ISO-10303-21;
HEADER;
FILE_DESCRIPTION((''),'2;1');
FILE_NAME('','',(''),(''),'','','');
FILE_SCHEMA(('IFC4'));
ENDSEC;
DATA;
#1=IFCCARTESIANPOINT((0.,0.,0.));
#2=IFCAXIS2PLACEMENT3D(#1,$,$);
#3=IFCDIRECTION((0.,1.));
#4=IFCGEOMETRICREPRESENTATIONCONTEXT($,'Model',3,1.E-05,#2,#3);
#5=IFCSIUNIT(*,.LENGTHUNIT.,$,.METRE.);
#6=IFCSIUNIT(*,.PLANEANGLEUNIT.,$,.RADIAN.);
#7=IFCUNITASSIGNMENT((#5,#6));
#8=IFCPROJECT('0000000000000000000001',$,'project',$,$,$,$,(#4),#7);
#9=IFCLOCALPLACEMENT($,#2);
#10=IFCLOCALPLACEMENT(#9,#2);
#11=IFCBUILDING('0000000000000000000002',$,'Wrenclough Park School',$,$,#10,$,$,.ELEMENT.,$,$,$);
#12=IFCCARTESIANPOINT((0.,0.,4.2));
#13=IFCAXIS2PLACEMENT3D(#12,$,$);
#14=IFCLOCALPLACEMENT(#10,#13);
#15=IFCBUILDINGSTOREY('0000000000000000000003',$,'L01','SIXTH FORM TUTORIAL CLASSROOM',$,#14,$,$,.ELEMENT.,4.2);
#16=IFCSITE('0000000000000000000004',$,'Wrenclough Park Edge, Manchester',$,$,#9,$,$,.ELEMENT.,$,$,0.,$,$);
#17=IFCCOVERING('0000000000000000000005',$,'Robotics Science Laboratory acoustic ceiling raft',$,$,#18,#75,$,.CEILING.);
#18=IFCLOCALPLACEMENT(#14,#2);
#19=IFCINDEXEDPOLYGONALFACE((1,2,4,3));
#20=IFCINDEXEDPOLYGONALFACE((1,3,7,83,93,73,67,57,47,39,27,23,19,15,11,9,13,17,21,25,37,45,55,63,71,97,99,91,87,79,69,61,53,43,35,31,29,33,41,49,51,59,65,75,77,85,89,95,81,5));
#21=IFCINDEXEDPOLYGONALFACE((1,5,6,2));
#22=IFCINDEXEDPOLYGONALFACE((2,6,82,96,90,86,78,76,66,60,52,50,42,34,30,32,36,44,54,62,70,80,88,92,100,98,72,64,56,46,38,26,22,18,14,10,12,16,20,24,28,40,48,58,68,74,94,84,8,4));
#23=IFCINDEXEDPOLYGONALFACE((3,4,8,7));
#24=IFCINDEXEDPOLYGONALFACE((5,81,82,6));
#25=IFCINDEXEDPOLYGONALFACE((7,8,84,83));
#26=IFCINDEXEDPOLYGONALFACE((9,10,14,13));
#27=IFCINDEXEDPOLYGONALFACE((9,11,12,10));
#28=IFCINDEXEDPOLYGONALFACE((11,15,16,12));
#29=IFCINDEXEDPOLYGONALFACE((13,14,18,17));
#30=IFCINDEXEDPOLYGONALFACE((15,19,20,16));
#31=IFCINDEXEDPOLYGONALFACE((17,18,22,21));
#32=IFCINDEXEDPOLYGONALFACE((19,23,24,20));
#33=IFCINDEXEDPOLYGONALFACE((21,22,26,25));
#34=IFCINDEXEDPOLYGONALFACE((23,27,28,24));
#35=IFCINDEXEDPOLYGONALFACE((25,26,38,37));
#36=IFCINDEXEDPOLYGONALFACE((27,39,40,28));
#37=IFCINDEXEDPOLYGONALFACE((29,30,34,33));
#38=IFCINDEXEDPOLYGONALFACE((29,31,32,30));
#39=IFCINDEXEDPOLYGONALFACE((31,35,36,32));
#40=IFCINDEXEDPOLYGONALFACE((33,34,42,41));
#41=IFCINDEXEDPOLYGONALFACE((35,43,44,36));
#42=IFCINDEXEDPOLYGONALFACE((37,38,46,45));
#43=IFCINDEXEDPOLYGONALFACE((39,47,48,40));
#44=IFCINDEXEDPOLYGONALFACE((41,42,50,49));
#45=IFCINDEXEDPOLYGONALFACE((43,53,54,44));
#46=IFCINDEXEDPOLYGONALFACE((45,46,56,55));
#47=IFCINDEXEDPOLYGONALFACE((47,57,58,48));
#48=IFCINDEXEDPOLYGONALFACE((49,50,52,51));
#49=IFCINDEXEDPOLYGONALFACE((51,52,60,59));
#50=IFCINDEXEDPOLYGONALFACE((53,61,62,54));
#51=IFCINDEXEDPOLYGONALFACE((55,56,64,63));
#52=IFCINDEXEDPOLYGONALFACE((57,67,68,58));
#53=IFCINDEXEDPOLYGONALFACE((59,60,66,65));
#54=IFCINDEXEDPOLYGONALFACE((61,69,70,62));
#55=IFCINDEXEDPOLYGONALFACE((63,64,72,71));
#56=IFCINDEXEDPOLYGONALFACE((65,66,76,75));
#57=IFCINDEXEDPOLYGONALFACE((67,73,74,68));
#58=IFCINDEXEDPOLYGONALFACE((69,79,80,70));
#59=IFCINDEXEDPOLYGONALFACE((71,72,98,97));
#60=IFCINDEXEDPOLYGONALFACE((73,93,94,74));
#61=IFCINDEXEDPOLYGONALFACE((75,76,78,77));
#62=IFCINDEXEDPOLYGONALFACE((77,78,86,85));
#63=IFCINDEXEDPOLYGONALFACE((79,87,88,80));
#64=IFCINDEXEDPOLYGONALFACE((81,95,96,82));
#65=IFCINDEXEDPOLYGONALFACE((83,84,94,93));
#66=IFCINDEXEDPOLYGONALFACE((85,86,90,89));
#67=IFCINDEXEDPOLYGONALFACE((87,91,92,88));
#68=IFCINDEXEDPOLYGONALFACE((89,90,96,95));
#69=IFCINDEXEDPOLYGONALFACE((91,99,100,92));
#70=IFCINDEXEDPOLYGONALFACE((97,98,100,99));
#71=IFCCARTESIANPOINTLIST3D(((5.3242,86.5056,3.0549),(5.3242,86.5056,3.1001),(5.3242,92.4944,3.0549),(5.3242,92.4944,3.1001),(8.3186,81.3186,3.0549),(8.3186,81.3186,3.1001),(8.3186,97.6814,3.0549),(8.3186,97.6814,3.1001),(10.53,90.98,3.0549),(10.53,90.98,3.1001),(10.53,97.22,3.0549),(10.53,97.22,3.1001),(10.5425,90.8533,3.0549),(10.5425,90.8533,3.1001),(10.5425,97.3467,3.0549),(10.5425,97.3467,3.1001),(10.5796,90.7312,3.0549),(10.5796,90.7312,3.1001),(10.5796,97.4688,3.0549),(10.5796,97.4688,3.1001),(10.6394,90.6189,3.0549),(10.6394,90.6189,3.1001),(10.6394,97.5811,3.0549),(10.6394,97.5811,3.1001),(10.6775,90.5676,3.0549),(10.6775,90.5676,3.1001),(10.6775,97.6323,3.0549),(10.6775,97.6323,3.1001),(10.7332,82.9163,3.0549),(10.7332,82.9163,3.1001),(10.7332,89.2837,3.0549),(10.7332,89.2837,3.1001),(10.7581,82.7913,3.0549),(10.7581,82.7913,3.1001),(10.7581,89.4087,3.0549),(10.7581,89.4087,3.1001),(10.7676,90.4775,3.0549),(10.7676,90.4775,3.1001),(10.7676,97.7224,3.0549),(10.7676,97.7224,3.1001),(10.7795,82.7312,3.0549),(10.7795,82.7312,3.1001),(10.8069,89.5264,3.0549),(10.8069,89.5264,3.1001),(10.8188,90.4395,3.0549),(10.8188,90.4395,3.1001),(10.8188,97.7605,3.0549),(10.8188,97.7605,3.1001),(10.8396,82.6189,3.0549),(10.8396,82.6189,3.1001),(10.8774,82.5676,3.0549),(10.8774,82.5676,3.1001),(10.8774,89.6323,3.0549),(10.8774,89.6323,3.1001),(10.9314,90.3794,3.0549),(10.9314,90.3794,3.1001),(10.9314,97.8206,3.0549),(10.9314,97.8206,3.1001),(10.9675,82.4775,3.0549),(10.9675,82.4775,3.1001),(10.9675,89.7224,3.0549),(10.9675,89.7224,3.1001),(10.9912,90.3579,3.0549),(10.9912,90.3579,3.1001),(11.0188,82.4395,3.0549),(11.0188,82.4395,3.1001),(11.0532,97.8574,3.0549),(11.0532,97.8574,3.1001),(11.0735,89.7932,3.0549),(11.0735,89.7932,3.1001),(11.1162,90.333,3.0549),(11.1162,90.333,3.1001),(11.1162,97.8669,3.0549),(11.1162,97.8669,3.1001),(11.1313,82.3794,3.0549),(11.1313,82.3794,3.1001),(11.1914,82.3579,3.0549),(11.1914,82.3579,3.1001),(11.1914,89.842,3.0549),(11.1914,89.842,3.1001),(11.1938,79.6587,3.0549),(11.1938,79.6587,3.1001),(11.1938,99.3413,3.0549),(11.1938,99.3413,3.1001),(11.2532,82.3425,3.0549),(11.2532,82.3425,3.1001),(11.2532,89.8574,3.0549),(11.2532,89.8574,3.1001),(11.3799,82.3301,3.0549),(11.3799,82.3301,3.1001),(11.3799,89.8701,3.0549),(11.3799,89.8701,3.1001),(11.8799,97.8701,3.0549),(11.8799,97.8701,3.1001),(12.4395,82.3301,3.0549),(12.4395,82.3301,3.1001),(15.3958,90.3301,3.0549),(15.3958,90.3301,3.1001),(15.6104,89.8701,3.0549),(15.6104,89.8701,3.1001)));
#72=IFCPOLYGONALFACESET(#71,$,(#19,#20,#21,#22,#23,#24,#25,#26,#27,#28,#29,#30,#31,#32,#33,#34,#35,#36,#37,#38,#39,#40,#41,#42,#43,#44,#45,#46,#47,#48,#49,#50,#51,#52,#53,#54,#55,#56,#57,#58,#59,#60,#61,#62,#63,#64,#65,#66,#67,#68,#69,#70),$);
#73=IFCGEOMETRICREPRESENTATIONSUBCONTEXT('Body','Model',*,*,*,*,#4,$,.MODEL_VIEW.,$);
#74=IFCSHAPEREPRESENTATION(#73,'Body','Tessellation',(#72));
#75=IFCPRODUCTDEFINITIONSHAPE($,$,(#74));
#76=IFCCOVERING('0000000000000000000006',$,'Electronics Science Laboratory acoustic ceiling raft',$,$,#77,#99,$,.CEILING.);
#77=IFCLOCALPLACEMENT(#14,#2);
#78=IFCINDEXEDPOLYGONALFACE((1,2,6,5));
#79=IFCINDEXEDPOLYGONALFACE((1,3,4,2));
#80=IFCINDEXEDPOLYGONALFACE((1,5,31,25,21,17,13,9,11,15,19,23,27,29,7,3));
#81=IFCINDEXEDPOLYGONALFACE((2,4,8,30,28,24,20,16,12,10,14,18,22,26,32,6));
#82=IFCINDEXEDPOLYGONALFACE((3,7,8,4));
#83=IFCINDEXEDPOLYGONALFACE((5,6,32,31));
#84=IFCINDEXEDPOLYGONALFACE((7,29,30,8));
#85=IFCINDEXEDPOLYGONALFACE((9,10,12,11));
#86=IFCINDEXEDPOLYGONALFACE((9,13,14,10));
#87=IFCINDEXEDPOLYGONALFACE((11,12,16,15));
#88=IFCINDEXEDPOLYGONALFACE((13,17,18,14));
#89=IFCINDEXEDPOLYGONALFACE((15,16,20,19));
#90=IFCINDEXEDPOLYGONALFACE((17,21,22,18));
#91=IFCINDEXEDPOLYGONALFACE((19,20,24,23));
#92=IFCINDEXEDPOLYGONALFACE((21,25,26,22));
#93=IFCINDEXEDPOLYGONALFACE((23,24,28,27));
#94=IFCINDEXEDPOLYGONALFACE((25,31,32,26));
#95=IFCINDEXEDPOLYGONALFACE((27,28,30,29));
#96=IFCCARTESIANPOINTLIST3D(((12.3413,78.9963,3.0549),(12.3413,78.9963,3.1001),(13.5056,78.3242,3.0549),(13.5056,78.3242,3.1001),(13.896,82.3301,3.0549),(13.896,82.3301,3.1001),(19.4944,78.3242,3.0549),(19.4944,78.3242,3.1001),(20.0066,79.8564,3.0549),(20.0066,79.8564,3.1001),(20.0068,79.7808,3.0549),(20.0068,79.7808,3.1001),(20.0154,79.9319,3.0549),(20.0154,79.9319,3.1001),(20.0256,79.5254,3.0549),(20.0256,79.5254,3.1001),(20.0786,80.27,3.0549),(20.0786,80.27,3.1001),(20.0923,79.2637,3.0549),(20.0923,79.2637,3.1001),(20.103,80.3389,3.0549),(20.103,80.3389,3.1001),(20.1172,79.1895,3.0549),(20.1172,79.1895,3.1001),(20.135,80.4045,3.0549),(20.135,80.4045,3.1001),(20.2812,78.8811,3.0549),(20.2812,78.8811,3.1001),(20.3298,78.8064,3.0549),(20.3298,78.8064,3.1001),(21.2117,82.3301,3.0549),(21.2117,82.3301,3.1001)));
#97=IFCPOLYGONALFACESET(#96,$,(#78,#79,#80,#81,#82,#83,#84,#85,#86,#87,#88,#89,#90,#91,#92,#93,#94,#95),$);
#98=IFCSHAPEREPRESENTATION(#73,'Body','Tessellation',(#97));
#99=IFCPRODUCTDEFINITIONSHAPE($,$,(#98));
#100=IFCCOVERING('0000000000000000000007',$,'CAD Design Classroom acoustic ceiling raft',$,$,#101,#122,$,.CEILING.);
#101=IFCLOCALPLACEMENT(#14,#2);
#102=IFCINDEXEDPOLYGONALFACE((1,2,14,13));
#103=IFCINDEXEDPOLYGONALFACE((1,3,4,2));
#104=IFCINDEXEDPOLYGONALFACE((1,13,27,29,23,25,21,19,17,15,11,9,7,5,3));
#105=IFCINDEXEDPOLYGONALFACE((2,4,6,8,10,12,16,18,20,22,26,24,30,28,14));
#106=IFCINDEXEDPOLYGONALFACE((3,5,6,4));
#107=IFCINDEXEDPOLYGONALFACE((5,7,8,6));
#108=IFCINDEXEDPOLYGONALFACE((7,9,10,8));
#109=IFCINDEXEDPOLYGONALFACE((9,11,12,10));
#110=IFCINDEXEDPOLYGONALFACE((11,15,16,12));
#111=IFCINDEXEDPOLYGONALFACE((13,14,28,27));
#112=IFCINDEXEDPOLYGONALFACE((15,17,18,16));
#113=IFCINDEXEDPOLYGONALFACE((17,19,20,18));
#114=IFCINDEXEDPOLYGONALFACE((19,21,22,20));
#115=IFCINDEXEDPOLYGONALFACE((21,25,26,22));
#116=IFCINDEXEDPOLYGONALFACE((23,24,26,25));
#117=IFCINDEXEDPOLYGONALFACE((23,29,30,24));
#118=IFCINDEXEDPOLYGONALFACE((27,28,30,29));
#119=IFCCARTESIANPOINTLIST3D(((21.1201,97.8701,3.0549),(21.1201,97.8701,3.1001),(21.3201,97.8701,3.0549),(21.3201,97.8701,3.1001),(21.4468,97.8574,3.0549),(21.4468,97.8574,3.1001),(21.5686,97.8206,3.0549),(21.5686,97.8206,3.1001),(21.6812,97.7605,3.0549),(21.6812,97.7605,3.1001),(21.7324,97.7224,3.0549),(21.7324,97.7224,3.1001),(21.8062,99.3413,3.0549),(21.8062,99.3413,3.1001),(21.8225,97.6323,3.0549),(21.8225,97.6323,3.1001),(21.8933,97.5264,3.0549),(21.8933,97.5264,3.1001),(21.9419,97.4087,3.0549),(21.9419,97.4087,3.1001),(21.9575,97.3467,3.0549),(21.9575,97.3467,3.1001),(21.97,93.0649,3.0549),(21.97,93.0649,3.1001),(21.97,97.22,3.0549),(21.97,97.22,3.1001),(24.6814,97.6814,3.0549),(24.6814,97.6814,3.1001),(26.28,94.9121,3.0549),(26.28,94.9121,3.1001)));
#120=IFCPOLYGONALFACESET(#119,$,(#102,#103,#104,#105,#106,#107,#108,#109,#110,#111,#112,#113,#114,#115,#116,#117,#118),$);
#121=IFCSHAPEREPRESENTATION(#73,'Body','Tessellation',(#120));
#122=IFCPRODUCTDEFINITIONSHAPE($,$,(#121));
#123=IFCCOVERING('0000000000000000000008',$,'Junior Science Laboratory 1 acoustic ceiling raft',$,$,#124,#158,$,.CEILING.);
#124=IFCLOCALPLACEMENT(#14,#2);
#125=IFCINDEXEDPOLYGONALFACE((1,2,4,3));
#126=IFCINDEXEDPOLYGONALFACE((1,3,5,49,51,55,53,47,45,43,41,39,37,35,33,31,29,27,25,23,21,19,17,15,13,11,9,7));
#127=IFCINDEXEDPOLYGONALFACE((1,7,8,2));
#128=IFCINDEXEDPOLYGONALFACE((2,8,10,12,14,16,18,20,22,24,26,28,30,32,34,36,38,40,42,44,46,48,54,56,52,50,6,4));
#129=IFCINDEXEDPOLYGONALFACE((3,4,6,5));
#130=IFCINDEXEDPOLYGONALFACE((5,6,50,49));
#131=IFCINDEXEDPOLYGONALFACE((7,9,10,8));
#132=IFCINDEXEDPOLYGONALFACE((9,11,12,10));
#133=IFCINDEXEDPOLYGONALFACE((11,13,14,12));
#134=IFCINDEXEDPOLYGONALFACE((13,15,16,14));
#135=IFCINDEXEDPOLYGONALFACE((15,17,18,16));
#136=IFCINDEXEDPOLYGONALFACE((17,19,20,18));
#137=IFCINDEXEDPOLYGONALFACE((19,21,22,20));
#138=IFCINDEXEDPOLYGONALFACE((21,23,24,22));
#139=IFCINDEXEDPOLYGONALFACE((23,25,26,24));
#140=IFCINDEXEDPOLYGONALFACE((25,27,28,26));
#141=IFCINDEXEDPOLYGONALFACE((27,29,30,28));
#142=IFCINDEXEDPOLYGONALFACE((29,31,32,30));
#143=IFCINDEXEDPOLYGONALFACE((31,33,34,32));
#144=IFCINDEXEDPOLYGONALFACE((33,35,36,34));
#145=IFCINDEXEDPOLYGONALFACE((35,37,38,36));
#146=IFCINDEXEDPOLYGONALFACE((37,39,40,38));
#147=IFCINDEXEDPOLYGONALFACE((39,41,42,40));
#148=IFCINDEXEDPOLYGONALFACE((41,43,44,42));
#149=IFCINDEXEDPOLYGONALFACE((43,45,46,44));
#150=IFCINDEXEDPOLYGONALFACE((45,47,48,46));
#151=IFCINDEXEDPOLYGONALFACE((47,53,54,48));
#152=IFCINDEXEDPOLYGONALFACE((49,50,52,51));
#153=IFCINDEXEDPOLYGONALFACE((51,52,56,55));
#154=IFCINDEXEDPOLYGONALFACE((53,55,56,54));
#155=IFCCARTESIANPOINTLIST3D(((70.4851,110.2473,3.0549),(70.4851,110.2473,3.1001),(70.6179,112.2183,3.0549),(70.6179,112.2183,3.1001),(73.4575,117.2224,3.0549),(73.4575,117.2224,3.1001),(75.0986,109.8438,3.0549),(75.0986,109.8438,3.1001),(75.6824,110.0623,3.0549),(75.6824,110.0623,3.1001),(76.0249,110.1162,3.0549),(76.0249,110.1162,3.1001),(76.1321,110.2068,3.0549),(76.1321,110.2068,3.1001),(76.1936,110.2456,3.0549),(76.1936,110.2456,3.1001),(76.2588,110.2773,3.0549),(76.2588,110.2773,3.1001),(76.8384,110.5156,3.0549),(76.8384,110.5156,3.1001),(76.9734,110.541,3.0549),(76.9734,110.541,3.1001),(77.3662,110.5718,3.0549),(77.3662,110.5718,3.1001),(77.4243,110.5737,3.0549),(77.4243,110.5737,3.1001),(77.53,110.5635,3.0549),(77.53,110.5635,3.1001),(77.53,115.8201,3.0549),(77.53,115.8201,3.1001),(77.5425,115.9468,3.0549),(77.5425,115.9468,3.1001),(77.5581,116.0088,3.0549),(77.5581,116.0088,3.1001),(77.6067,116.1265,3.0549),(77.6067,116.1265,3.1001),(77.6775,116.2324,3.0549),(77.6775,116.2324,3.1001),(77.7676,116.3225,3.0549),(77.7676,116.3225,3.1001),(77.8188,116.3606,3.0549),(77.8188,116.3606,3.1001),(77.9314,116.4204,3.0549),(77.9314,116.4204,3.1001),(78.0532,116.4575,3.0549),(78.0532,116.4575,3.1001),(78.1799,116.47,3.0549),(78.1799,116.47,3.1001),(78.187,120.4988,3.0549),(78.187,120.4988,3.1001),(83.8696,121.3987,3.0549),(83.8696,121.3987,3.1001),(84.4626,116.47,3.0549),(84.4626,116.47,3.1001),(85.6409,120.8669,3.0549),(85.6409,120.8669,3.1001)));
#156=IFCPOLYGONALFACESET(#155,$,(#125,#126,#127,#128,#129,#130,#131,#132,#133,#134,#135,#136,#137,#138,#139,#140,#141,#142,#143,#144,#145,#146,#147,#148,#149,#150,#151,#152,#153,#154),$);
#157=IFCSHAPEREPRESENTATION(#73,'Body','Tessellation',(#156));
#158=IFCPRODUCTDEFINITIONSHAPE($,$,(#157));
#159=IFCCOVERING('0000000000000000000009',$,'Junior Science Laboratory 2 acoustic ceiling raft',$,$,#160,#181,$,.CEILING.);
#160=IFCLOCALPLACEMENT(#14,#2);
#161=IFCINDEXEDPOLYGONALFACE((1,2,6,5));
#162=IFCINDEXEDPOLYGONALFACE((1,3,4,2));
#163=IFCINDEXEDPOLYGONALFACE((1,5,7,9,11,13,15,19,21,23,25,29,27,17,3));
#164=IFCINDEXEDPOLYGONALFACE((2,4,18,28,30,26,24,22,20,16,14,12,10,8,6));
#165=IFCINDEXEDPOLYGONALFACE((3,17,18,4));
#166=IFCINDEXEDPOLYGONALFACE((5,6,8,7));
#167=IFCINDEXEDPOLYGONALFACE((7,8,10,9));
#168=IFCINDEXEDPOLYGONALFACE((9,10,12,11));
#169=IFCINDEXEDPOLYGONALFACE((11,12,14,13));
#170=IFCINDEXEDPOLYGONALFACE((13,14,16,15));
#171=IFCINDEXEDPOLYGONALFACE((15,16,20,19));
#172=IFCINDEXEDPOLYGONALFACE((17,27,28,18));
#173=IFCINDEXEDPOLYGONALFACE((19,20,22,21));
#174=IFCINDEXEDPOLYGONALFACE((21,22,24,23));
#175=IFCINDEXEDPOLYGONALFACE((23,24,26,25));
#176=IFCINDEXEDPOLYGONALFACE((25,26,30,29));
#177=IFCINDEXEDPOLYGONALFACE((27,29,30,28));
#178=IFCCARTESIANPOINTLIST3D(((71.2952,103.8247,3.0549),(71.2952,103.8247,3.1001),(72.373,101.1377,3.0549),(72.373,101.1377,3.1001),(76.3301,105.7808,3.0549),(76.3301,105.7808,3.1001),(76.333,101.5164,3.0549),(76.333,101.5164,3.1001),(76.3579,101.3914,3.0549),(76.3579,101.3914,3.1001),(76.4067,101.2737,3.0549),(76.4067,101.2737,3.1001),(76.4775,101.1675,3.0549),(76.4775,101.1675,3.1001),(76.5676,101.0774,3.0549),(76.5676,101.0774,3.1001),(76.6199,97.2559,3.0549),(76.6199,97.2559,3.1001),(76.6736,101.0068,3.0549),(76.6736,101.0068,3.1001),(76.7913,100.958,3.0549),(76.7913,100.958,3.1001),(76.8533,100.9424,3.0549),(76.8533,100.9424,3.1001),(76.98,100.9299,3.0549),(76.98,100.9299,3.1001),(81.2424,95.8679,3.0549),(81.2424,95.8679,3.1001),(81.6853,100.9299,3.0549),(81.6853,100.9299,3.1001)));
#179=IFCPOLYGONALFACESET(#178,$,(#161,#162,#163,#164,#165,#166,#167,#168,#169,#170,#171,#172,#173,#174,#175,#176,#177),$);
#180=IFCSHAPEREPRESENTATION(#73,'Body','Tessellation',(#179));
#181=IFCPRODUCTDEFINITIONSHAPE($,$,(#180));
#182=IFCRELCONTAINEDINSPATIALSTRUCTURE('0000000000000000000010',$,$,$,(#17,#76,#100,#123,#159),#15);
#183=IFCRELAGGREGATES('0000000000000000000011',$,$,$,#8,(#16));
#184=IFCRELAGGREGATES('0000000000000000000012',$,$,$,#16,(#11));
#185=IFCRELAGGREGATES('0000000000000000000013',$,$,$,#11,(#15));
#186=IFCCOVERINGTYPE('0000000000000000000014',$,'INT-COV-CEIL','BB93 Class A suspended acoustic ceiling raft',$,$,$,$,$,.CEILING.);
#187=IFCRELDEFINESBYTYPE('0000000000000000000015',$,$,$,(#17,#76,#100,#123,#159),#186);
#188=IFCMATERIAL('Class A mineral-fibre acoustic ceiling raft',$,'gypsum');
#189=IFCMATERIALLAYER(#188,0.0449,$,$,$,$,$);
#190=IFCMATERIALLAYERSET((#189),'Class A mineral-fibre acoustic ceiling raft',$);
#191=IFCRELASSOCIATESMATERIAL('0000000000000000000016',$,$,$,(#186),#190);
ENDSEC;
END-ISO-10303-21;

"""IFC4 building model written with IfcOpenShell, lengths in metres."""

from ifc_helpers import new_model, si_unit, direction, frame, origin, place, context, subcontext, project, spatial, polyline, outline, extrude, material, layer, layer_set, type_object, element, save


model = new_model("IFC4")

# Units and contexts
model_context = context("Model", 3, precision=1e-05, world=origin(), true_north=direction((0.0, 1.0)))
body_context = subcontext(model_context, "Body", "Model", "MODEL_VIEW")
ifc_project = project(units=[si_unit("LENGTHUNIT", "METRE"), si_unit("PLANEANGLEUNIT", "RADIAN")], contexts=[model_context])

# Site, building, storey
site_placement = place(None, origin())
site = spatial("IfcSite", under=ifc_project, at=site_placement, Name="Wrenclough Park Edge, Manchester", CompositionType="ELEMENT", RefElevation=0.0)
building_placement = place(site_placement, origin())
building = spatial("IfcBuilding", under=site, at=building_placement, Name="Wrenclough Park School", CompositionType="ELEMENT")
storey_placement = place(building_placement, frame((0.0, 0.0, 4.2)))
storey = spatial("IfcBuildingStorey", under=building, at=storey_placement, Name="L01", Description="SIXTH FORM TUTORIAL CLASSROOM", CompositionType="ELEMENT", Elevation=4.2)

# Coverings
ifc_material_1 = material(Name="Class A mineral-fibre acoustic ceiling raft", Category="gypsum")
ifc_layer_1 = layer(ifc_material_1, 0.0449)
ifc_layer_set_1 = layer_set([ifc_layer_1], Name="Class A mineral-fibre acoustic ceiling raft")
covering_type = type_object("IfcCoveringType", Name="INT-COV-CEIL", Description="BB93 Class A suspended acoustic ceiling raft", PredefinedType="CEILING", material=ifc_layer_set_1)
covering_1_placement = place(storey_placement, frame((0.0, 0.0, 3.0549)))
element("IfcCovering", 1, at=covering_1_placement, inside=storey, type_object=covering_type, Name="Robotics Science Laboratory acoustic ceiling raft", PredefinedType="CEILING", context=body_context, shape_type="SweptSolid", body=[
    extrude(outline(polyline([(11.3799, 89.8701), (15.6104, 89.8701), (15.3958, 90.3301), (11.1162, 90.333), (10.9912, 90.3579), (10.9314, 90.3794), (10.8188, 90.4395), (10.7676, 90.4775), (10.6775, 90.5676), (10.6394, 90.6189), (10.5796, 90.7312), (10.5425, 90.8533), (10.53, 90.98), (10.53, 97.22), (10.5425, 97.3467), (10.5796, 97.4688), (10.6394, 97.5811), (10.6775, 97.6323), (10.7676, 97.7224), (10.8188, 97.7605), (10.9314, 97.8206), (11.0532, 97.8574), (11.1162, 97.8669), (11.8799, 97.8701), (11.1938, 99.3413), (8.3186, 97.6814), (5.3242, 92.4944), (5.3242, 86.5056), (8.3186, 81.3186), (11.1938, 79.6587), (12.4395, 82.3301), (11.3799, 82.3301), (11.2532, 82.3425), (11.1914, 82.3579), (11.1313, 82.3794), (11.0188, 82.4395), (10.9675, 82.4775), (10.8774, 82.5676), (10.8396, 82.6189), (10.7795, 82.7312), (10.7581, 82.7913), (10.7332, 82.9163), (10.7332, 89.2837), (10.7581, 89.4087), (10.8069, 89.5264), (10.8774, 89.6323), (10.9675, 89.7224), (11.0735, 89.7932), (11.1914, 89.842), (11.2532, 89.8574), (11.3799, 89.8701)])), origin(), (0.0, 0.0, 1.0), 0.0452),
])
covering_2_placement = place(storey_placement, frame((0.0, 0.0, 3.0549)))
element("IfcCovering", 2, at=covering_2_placement, inside=storey, type_object=covering_type, Name="Electronics Science Laboratory acoustic ceiling raft", PredefinedType="CEILING", context=body_context, shape_type="SweptSolid", body=[
    extrude(outline(polyline([(21.2117, 82.3301), (13.896, 82.3301), (12.3413, 78.9963), (13.5056, 78.3242), (19.4944, 78.3242), (20.3298, 78.8064), (20.2812, 78.8811), (20.1172, 79.1895), (20.0923, 79.2637), (20.0256, 79.5254), (20.0068, 79.7808), (20.0066, 79.8564), (20.0154, 79.9319), (20.0786, 80.27), (20.103, 80.3389), (20.135, 80.4045), (21.2117, 82.3301)])), origin(), (0.0, 0.0, 1.0), 0.0452),
])
covering_3_placement = place(storey_placement, frame((0.0, 0.0, 3.0549)))
element("IfcCovering", 3, at=covering_3_placement, inside=storey, type_object=covering_type, Name="CAD Design Classroom acoustic ceiling raft", PredefinedType="CEILING", context=body_context, shape_type="SweptSolid", body=[
    extrude(outline(polyline([(21.97, 97.22), (21.97, 93.0649), (26.28, 94.9121), (24.6814, 97.6814), (21.8062, 99.3413), (21.1201, 97.8701), (21.3201, 97.8701), (21.4468, 97.8574), (21.5686, 97.8206), (21.6812, 97.7605), (21.7324, 97.7224), (21.8225, 97.6323), (21.8933, 97.5264), (21.9419, 97.4087), (21.9575, 97.3467), (21.97, 97.22)])), origin(), (0.0, 0.0, 1.0), 0.0452),
])
covering_4_placement = place(storey_placement, frame((0.0, 0.0, 3.0549)))
element("IfcCovering", 4, at=covering_4_placement, inside=storey, type_object=covering_type, Name="Junior Science Laboratory 1 acoustic ceiling raft", PredefinedType="CEILING", context=body_context, shape_type="SweptSolid", body=[
    extrude(outline(polyline([(76.0249, 110.1162), (76.1321, 110.2068), (76.1936, 110.2456), (76.2588, 110.2773), (76.8384, 110.5156), (76.9734, 110.541), (77.3662, 110.5718), (77.4243, 110.5737), (77.53, 110.5635), (77.53, 115.8201), (77.5425, 115.9468), (77.5581, 116.0088), (77.6067, 116.1265), (77.6775, 116.2324), (77.7676, 116.3225), (77.8188, 116.3606), (77.9314, 116.4204), (78.0532, 116.4575), (78.1799, 116.47), (84.4626, 116.47), (85.6409, 120.8669), (83.8696, 121.3987), (78.187, 120.4988), (73.4575, 117.2224), (70.6179, 112.2183), (70.4851, 110.2473), (75.0986, 109.8438), (75.6824, 110.0623), (76.0249, 110.1162)])), origin(), (0.0, 0.0, 1.0), 0.0452),
])
covering_5_placement = place(storey_placement, frame((0.0, 0.0, 3.0549)))
element("IfcCovering", 5, at=covering_5_placement, inside=storey, type_object=covering_type, Name="Junior Science Laboratory 2 acoustic ceiling raft", PredefinedType="CEILING", context=body_context, shape_type="SweptSolid", body=[
    extrude(outline(polyline([(71.2952, 103.8247), (72.373, 101.1377), (76.6199, 97.2559), (81.2424, 95.8679), (81.6853, 100.9299), (76.98, 100.9299), (76.8533, 100.9424), (76.7913, 100.958), (76.6736, 101.0068), (76.5676, 101.0774), (76.4775, 101.1675), (76.4067, 101.2737), (76.3579, 101.3914), (76.333, 101.5164), (76.3301, 105.7808), (71.2952, 103.8247)])), origin(), (0.0, 0.0, 1.0), 0.0452),
])

save(model, "model.ifc")
